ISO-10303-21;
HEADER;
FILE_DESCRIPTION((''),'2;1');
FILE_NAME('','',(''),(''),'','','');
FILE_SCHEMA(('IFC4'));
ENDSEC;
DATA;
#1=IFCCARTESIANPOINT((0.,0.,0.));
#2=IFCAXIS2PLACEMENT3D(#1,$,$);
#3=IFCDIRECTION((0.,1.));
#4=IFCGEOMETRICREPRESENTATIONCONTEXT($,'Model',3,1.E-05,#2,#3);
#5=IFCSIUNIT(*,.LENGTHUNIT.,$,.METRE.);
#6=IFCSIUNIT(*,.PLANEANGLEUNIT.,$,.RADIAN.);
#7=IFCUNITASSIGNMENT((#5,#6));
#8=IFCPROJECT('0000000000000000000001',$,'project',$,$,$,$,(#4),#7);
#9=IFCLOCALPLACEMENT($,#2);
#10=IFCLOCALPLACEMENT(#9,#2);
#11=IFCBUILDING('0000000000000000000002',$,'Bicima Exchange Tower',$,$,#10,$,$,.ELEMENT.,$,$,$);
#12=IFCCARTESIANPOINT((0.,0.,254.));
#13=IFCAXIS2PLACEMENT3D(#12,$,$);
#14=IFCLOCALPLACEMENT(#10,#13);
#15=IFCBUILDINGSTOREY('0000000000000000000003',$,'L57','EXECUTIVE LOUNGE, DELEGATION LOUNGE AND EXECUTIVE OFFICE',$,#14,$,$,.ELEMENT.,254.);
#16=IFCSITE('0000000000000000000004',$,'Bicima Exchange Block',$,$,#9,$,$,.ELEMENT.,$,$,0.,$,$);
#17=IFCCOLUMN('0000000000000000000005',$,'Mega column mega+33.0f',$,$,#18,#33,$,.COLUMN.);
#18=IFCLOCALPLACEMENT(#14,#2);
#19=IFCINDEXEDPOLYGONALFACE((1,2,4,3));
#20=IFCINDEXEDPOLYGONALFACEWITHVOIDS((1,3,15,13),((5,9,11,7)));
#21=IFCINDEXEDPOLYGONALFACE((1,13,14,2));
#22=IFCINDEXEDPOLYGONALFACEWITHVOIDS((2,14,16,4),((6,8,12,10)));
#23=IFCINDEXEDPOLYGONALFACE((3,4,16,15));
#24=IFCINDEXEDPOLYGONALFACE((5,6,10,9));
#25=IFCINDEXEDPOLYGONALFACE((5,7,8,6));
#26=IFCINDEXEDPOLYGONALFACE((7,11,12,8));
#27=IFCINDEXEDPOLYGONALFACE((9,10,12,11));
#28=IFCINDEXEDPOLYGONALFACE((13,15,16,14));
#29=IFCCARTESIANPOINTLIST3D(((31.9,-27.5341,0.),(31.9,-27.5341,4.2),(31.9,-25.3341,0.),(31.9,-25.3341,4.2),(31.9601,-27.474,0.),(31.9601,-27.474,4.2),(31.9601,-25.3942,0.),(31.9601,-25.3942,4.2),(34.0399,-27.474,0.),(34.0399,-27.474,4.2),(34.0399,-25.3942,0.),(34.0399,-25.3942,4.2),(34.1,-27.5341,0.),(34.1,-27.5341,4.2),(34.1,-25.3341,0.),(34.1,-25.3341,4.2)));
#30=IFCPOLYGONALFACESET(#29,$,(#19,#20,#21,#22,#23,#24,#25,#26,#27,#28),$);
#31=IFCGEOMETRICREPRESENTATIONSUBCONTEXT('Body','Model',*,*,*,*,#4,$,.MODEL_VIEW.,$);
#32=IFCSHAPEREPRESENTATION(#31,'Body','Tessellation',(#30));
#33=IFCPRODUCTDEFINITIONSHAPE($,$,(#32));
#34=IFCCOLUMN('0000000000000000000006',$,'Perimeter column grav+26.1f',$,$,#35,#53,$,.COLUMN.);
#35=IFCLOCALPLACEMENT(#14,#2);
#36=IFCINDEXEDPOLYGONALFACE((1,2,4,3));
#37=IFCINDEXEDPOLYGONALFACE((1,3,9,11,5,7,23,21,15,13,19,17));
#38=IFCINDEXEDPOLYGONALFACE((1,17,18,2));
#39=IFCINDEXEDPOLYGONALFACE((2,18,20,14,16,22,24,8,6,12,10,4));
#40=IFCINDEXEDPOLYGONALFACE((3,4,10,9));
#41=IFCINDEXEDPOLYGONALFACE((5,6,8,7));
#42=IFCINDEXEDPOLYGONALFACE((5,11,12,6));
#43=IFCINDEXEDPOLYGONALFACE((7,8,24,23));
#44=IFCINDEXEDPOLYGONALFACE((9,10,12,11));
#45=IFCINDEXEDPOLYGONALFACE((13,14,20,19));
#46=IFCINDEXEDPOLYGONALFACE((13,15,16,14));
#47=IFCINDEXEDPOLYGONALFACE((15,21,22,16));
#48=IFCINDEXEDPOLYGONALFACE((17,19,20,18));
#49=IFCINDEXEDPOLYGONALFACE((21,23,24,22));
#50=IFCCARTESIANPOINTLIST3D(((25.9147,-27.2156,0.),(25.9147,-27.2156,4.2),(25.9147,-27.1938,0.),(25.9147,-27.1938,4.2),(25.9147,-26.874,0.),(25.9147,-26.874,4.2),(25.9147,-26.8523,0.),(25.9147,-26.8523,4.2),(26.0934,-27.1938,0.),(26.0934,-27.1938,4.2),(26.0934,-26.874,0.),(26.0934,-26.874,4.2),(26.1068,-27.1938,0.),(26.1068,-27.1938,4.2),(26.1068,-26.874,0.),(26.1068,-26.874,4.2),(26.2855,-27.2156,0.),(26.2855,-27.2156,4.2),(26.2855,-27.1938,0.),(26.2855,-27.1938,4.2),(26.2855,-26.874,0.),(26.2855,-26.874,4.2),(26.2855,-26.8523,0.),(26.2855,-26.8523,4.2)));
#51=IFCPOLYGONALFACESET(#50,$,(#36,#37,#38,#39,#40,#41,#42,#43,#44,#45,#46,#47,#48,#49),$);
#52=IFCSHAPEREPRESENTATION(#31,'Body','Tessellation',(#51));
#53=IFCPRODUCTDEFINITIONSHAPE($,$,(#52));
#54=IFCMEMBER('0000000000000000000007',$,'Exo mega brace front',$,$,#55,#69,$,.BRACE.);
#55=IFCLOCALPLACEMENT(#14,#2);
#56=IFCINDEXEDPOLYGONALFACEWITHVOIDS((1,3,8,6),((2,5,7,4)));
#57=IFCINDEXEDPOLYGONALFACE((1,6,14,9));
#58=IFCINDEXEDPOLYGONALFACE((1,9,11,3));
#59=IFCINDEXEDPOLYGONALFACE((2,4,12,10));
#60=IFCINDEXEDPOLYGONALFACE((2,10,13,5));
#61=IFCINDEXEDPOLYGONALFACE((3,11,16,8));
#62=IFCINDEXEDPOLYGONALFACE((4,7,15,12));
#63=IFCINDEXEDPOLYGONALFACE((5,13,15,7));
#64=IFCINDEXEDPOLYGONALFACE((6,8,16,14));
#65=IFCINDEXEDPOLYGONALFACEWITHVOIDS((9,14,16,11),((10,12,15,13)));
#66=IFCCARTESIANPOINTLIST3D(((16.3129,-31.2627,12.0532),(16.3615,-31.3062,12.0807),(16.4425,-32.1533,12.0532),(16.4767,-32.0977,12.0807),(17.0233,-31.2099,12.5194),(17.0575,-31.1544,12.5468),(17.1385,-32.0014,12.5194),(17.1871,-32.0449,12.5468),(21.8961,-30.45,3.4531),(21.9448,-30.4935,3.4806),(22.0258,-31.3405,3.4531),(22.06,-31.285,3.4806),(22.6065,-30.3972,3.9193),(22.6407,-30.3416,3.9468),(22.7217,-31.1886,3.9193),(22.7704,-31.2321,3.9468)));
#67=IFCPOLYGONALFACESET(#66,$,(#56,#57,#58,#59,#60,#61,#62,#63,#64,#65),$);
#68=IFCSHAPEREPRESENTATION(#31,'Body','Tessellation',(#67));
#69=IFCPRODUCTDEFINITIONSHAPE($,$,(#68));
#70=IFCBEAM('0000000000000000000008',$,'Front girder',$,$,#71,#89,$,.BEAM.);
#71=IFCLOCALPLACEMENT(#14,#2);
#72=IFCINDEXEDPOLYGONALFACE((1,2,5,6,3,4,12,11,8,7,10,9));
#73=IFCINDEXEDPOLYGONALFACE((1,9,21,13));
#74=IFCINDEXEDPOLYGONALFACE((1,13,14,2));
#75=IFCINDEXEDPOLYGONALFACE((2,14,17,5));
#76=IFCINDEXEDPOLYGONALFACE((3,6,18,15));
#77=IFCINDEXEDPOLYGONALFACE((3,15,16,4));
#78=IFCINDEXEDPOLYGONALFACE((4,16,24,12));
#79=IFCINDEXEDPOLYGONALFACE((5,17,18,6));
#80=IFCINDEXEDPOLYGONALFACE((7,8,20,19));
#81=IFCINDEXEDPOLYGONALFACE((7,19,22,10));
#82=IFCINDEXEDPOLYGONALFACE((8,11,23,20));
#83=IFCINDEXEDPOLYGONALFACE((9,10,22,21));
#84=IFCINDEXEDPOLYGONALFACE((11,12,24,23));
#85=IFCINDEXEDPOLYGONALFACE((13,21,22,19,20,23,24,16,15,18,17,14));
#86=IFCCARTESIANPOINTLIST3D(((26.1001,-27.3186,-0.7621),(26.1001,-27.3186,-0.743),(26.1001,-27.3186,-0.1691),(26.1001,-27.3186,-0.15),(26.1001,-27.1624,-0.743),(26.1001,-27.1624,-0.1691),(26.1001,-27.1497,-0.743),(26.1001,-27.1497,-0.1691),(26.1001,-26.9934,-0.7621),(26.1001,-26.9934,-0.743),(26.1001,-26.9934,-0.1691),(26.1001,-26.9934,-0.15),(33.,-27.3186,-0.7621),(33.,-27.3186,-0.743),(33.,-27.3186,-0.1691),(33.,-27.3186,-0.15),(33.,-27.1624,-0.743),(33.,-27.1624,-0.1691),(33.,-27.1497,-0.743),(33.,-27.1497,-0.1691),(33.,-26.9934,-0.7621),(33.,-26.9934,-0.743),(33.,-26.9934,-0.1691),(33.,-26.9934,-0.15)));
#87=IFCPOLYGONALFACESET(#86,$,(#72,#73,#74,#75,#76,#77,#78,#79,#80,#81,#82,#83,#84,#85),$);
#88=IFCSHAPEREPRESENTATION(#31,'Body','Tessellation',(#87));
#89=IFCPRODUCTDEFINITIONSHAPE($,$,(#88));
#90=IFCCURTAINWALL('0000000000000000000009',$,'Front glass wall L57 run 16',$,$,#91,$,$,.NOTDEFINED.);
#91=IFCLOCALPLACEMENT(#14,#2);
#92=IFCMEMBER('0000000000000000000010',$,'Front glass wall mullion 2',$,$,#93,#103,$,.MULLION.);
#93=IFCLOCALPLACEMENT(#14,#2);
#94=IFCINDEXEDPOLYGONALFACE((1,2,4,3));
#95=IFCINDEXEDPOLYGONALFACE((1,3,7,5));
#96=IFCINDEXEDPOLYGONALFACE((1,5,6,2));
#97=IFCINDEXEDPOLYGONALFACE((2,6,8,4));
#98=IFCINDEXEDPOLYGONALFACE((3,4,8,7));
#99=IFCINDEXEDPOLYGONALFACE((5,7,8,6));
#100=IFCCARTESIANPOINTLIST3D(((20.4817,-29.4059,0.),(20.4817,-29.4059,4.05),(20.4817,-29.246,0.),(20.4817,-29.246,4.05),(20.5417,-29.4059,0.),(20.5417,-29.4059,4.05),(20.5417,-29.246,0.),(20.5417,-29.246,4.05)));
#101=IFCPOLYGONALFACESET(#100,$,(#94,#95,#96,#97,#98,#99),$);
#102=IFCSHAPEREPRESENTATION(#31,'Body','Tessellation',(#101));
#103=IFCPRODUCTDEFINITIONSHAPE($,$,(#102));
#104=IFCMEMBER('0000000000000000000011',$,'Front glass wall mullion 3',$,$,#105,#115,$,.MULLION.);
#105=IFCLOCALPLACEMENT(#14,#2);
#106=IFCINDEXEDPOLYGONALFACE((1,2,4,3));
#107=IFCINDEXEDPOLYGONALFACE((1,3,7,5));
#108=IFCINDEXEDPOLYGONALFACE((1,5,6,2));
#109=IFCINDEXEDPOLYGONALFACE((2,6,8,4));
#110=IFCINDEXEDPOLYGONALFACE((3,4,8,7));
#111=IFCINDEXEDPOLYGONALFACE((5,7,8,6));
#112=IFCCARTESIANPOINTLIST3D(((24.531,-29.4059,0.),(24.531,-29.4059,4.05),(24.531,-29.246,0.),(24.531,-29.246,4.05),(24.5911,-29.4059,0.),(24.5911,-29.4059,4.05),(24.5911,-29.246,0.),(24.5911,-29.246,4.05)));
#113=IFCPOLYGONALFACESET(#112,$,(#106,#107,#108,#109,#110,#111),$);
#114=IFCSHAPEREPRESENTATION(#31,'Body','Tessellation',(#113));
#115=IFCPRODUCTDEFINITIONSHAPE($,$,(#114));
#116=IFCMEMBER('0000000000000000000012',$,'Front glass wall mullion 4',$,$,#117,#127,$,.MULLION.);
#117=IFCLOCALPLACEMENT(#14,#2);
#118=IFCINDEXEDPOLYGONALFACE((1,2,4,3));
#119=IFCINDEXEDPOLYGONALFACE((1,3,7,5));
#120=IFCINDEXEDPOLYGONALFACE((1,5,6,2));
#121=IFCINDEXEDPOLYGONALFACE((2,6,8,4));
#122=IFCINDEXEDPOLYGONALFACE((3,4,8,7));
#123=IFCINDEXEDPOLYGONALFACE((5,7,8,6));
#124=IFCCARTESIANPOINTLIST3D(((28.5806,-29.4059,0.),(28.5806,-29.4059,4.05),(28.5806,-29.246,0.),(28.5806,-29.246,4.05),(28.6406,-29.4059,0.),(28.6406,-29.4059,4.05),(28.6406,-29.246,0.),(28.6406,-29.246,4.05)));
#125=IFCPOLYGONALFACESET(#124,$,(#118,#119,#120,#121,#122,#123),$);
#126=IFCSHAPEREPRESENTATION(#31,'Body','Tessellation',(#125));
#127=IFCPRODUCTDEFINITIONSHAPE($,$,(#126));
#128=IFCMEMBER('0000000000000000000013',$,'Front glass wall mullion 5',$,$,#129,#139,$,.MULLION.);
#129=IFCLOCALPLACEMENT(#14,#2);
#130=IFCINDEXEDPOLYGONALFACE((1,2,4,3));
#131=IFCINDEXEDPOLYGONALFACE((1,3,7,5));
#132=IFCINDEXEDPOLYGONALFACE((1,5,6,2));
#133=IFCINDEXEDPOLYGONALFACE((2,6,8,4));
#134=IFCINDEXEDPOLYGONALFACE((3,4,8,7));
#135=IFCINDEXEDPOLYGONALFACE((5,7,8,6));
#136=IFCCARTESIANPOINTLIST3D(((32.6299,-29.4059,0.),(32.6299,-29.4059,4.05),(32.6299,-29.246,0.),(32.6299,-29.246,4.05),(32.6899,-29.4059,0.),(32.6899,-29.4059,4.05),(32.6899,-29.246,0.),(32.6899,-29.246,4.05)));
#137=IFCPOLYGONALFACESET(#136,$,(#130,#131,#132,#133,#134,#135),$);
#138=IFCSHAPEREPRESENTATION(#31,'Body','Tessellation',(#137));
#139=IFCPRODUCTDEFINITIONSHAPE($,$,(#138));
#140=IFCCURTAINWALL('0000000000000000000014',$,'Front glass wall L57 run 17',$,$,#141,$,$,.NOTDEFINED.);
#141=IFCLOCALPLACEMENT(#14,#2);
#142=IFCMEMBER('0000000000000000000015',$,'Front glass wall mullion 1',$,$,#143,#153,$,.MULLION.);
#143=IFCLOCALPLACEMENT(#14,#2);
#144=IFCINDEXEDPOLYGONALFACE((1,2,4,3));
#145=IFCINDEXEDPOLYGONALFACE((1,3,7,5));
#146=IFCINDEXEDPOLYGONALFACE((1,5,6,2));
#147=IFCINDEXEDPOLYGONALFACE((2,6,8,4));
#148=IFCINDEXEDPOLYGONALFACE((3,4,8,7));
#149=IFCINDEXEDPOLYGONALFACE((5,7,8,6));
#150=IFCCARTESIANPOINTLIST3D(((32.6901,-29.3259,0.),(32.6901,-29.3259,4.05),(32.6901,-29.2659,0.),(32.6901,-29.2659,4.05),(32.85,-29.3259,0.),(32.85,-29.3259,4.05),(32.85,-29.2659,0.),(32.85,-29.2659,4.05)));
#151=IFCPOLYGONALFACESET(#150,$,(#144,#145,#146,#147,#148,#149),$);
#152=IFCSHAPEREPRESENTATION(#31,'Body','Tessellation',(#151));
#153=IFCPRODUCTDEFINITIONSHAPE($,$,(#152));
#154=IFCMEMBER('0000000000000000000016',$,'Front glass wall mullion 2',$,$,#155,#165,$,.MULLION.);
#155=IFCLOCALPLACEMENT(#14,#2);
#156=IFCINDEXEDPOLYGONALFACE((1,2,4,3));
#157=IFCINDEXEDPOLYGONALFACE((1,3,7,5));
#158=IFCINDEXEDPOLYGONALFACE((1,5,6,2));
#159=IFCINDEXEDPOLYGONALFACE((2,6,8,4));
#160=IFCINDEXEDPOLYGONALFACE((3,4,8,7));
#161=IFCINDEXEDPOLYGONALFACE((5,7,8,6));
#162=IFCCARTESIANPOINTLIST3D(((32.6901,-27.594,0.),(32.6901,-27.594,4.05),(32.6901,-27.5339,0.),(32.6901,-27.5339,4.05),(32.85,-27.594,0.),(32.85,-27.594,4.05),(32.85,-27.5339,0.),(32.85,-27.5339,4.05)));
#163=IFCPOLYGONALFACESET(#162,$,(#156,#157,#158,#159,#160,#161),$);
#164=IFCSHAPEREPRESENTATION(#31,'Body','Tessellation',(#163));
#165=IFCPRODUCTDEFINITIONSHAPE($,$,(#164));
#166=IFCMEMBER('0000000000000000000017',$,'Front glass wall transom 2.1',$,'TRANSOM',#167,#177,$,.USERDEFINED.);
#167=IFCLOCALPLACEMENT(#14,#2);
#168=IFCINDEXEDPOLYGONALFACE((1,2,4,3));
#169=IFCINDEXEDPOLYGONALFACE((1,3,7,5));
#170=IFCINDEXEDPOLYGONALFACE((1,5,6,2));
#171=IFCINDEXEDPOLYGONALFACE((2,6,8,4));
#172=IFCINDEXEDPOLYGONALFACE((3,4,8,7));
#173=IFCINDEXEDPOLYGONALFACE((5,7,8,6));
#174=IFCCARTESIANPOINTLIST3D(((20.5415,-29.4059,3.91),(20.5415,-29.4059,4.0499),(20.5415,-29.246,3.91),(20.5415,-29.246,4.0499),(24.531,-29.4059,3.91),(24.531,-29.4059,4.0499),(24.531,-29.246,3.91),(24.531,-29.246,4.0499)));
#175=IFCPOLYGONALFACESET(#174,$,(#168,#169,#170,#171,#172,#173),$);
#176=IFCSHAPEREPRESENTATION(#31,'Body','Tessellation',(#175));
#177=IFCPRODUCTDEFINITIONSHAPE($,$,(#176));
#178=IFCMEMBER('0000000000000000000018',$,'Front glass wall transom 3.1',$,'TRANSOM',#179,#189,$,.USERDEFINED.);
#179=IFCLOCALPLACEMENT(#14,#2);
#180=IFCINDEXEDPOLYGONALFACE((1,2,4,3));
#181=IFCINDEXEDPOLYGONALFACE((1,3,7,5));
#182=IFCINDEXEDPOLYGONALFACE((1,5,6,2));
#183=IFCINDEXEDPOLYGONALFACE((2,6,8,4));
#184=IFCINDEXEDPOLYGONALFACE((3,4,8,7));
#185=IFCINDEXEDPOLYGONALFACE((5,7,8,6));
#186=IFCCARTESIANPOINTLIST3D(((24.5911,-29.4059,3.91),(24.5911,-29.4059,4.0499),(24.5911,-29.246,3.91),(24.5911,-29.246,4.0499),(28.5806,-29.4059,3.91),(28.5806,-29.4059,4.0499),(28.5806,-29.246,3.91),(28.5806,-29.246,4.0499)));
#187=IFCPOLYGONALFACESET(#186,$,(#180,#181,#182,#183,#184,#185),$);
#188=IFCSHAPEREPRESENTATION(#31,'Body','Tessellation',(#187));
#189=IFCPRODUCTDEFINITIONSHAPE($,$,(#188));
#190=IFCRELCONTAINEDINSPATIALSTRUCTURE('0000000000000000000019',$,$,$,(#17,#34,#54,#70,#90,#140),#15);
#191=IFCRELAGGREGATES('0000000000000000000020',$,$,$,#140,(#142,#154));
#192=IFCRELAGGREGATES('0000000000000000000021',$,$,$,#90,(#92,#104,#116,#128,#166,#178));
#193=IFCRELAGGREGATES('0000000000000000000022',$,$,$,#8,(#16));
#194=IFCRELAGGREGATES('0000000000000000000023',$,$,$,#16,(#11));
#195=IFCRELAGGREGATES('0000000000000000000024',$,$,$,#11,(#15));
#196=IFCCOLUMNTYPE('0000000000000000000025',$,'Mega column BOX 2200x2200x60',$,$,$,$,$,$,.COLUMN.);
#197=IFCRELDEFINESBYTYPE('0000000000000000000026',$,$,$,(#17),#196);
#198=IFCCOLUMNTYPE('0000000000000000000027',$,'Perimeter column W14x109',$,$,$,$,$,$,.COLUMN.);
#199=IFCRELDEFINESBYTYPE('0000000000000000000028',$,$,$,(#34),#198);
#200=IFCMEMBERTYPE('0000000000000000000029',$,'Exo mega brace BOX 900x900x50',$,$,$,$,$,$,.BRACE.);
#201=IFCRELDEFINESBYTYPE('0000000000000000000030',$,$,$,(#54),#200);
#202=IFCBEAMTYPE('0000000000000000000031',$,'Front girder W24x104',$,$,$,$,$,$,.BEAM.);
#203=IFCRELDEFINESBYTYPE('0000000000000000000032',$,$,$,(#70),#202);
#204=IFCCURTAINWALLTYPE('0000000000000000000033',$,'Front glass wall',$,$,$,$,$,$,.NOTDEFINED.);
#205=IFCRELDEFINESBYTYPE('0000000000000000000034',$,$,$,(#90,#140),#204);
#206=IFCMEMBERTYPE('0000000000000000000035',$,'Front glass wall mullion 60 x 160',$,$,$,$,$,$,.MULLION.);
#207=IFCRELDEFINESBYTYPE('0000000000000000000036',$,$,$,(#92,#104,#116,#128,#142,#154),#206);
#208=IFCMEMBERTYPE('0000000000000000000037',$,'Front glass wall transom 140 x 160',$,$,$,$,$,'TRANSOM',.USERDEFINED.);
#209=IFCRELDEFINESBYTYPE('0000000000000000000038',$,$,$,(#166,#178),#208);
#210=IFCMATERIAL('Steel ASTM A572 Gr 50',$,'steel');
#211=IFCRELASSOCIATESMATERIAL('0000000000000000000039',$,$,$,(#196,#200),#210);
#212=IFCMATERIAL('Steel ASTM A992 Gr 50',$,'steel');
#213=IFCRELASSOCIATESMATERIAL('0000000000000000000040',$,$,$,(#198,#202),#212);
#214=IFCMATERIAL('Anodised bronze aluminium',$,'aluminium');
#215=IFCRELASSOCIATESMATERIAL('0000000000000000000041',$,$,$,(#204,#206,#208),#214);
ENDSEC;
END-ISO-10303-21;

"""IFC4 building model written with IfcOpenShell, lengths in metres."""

from ifc_helpers import new_model, si_unit, direction, frame, origin, origin_2d, place, context, subcontext, project, spatial, rectangle, hollow_rectangle, i_section, extrude, material, material_profile, profile_set, type_object, element, aggregate, save


model = new_model("IFC4")

# Units and contexts
model_context = context("Model", 3, precision=1e-05, world=origin(), true_north=direction((0.0, 1.0)))
body_context = subcontext(model_context, "Body", "Model", "MODEL_VIEW")
ifc_project = project(units=[si_unit("LENGTHUNIT", "METRE"), si_unit("PLANEANGLEUNIT", "RADIAN")], contexts=[model_context])

# Site, building, storey
site_placement = place(None, origin())
site = spatial("IfcSite", under=ifc_project, at=site_placement, Name="Bicima Exchange Block", CompositionType="ELEMENT", RefElevation=0.0)
building_placement = place(site_placement, origin())
building = spatial("IfcBuilding", under=site, at=building_placement, Name="Bicima Exchange Tower", CompositionType="ELEMENT")
storey_placement = place(building_placement, frame((0.0, 0.0, 254.0)))
storey = spatial("IfcBuildingStorey", under=building, at=storey_placement, Name="L57", Description="EXECUTIVE LOUNGE, DELEGATION LOUNGE AND EXECUTIVE OFFICE", CompositionType="ELEMENT", Elevation=254.0)

# Columns
ifc_material_1 = material(Name="Steel ASTM A572 Gr 50", Category="steel")
ifc_material_profile_1 = material_profile(ifc_material_1, hollow_rectangle(XDim=2.2, YDim=2.2, WallThickness=0.0601, at=origin_2d()))
ifc_profile_set_1 = profile_set([ifc_material_profile_1], Name="Steel ASTM A572 Gr 50")
column_type_1 = type_object("IfcColumnType", Name="Mega column BOX 2200x2200x60", PredefinedType="COLUMN", material=ifc_profile_set_1)
column_1_placement = place(storey_placement, frame((33.0, -26.4341, 0.0), z_axis=(0.0, 0.0, 1.0), x_axis=(1.0, 0.0, 0.0)))
element("IfcColumn", 1, at=column_1_placement, inside=storey, type_object=column_type_1, Name="Mega column mega+33.0f", PredefinedType="COLUMN", context=body_context, shape_type="SweptSolid", body=[
    extrude(hollow_rectangle(XDim=2.2, YDim=2.2, WallThickness=0.0601, at=origin_2d()), origin(), (0.0, 0.0, 1.0), 4.2),
])
ifc_material_2 = material(Name="Steel ASTM A992 Gr 50", Category="steel")
ifc_material_profile_2 = material_profile(ifc_material_2, i_section(OverallWidth=0.3708, OverallDepth=0.3633, WebThickness=0.0134, FlangeThickness=0.0217, at=origin_2d()))
ifc_profile_set_2 = profile_set([ifc_material_profile_2], Name="Steel ASTM A992 Gr 50")
column_type_2 = type_object("IfcColumnType", Name="Perimeter column W14x109", PredefinedType="COLUMN", material=ifc_profile_set_2)
column_2_placement = place(storey_placement, frame((26.1001, -27.0339, 0.0), z_axis=(0.0, 0.0, 1.0), x_axis=(1.0, 0.0, 0.0)))
element("IfcColumn", 2, at=column_2_placement, inside=storey, type_object=column_type_2, Name="Perimeter column grav+26.1f", PredefinedType="COLUMN", context=body_context, shape_type="SweptSolid", body=[
    extrude(i_section(OverallWidth=0.3708, OverallDepth=0.3633, WebThickness=0.0134, FlangeThickness=0.0217, at=origin_2d()), origin(), (0.0, 0.0, 1.0), 4.2),
])

# Member
ifc_material_profile_3 = material_profile(ifc_material_1, hollow_rectangle(XDim=0.8999, YDim=0.8999, WallThickness=0.05, at=origin_2d()))
ifc_profile_set_3 = profile_set([ifc_material_profile_3], Name="Steel ASTM A572 Gr 50")
member_type_1 = type_object("IfcMemberType", Name="Exo mega brace BOX 900x900x50", PredefinedType="BRACE", material=ifc_profile_set_3)
member_1_placement = place(storey_placement, frame((22.3333, -30.8411, 3.7), z_axis=(-0.542819, -0.079017, 0.836124), x_axis=(0.14405, -0.98957, 0.0)))
element("IfcMember", 3, at=member_1_placement, inside=storey, type_object=member_type_1, Name="Exo mega brace front", PredefinedType="BRACE", context=body_context, shape_type="SweptSolid", body=[
    extrude(hollow_rectangle(XDim=0.8999, YDim=0.8999, WallThickness=0.05, at=origin_2d()), origin(), (0.0, 0.0, 1.0), 10.2856),
])

# Beam
ifc_material_profile_4 = material_profile(ifc_material_2, i_section(OverallWidth=0.3252, OverallDepth=0.6121, WebThickness=0.0127, FlangeThickness=0.019, at=origin_2d()))
ifc_profile_set_4 = profile_set([ifc_material_profile_4], Name="Steel ASTM A992 Gr 50")
beam_type = type_object("IfcBeamType", Name="Front girder W24x104", PredefinedType="BEAM", material=ifc_profile_set_4)
beam_placement = place(storey_placement, frame((26.1001, -27.156, -0.4561), z_axis=(1.0, 0.0, 0.0), x_axis=(0.0, 1.0, 0.0)))
element("IfcBeam", 4, at=beam_placement, inside=storey, type_object=beam_type, Name="Front girder", PredefinedType="BEAM", context=body_context, shape_type="SweptSolid", body=[
    extrude(i_section(OverallWidth=0.3252, OverallDepth=0.6121, WebThickness=0.0127, FlangeThickness=0.019, at=origin_2d()), origin(), (0.0, 0.0, 1.0), 6.8999),
])

# Curtain walls, members
ifc_material_3 = material(Name="Anodised bronze aluminium", Category="aluminium")
curtain_wall_type = type_object("IfcCurtainWallType", Name="Front glass wall", PredefinedType="NOTDEFINED", material=ifc_material_3)
curtain_wall_1_placement = place(storey_placement, origin())
curtain_wall_1 = element("IfcCurtainWall", 5, at=curtain_wall_1_placement, inside=storey, type_object=curtain_wall_type, Name="Front glass wall L57 run 16", PredefinedType="NOTDEFINED")
ifc_material_profile_5 = material_profile(ifc_material_3, rectangle(XDim=0.1599, YDim=0.0601, at=origin_2d()))
ifc_profile_set_5 = profile_set([ifc_material_profile_5], Name="Anodised bronze aluminium")
member_type_2 = type_object("IfcMemberType", Name="Front glass wall mullion 60 x 160", PredefinedType="MULLION", material=ifc_profile_set_5)
member_2_placement = place(storey_placement, frame((20.5117, -29.3259, 0.0), z_axis=(0.0, 0.0, 1.0), x_axis=(0.0, 1.0, 0.0)))
member_2 = element("IfcMember", 6, at=member_2_placement, type_object=member_type_2, Name="Front glass wall mullion 2", PredefinedType="MULLION", context=body_context, shape_type="SweptSolid", body=[
    extrude(rectangle(XDim=0.1599, YDim=0.0601, at=origin_2d()), origin(), (0.0, 0.0, 1.0), 4.05),
])
member_3_placement = place(storey_placement, frame((24.561, -29.3259, 0.0), z_axis=(0.0, 0.0, 1.0), x_axis=(0.0, 1.0, 0.0)))
member_3 = element("IfcMember", 7, at=member_3_placement, type_object=member_type_2, Name="Front glass wall mullion 3", PredefinedType="MULLION", context=body_context, shape_type="SweptSolid", body=[
    extrude(rectangle(XDim=0.1599, YDim=0.0601, at=origin_2d()), origin(), (0.0, 0.0, 1.0), 4.05),
])
member_4_placement = place(storey_placement, frame((28.6106, -29.3259, 0.0), z_axis=(0.0, 0.0, 1.0), x_axis=(0.0, 1.0, 0.0)))
member_4 = element("IfcMember", 8, at=member_4_placement, type_object=member_type_2, Name="Front glass wall mullion 4", PredefinedType="MULLION", context=body_context, shape_type="SweptSolid", body=[
    extrude(rectangle(XDim=0.1599, YDim=0.0601, at=origin_2d()), origin(), (0.0, 0.0, 1.0), 4.05),
])
member_5_placement = place(storey_placement, frame((32.6599, -29.3259, 0.0), z_axis=(0.0, 0.0, 1.0), x_axis=(0.0, 1.0, 0.0)))
member_5 = element("IfcMember", 9, at=member_5_placement, type_object=member_type_2, Name="Front glass wall mullion 5", PredefinedType="MULLION", context=body_context, shape_type="SweptSolid", body=[
    extrude(rectangle(XDim=0.1599, YDim=0.0601, at=origin_2d()), origin(), (0.0, 0.0, 1.0), 4.05),
])
curtain_wall_2_placement = place(storey_placement, origin())
curtain_wall_2 = element("IfcCurtainWall", 10, at=curtain_wall_2_placement, inside=storey, type_object=curtain_wall_type, Name="Front glass wall L57 run 17", PredefinedType="NOTDEFINED")
member_6_placement = place(storey_placement, frame((32.77, -29.2959, 0.0), z_axis=(0.0, 0.0, 1.0), x_axis=(-1.0, 0.0, 0.0)))
member_6 = element("IfcMember", 11, at=member_6_placement, type_object=member_type_2, Name="Front glass wall mullion 1", PredefinedType="MULLION", context=body_context, shape_type="SweptSolid", body=[
    extrude(rectangle(XDim=0.1599, YDim=0.0601, at=origin_2d()), origin(), (0.0, 0.0, 1.0), 4.05),
])
member_7_placement = place(storey_placement, frame((32.77, -27.564, 0.0), z_axis=(0.0, 0.0, 1.0), x_axis=(-1.0, 0.0, 0.0)))
member_7 = element("IfcMember", 12, at=member_7_placement, type_object=member_type_2, Name="Front glass wall mullion 2", PredefinedType="MULLION", context=body_context, shape_type="SweptSolid", body=[
    extrude(rectangle(XDim=0.1599, YDim=0.0601, at=origin_2d()), origin(), (0.0, 0.0, 1.0), 4.05),
])

# Members
ifc_material_profile_6 = material_profile(ifc_material_3, rectangle(XDim=0.1599, YDim=0.1399, at=origin_2d()))
ifc_profile_set_6 = profile_set([ifc_material_profile_6], Name="Anodised bronze aluminium")
member_type_3 = type_object("IfcMemberType", Name="Front glass wall transom 140 x 160", ElementType="TRANSOM", PredefinedType="USERDEFINED", material=ifc_profile_set_6)
member_8_placement = place(storey_placement, frame((20.5415, -29.3259, 3.98), z_axis=(1.0, 0.0, 0.0), x_axis=(0.0, 1.0, 0.0)))
member_8 = element("IfcMember", 13, at=member_8_placement, type_object=member_type_3, Name="Front glass wall transom 2.1", ObjectType="TRANSOM", PredefinedType="USERDEFINED", context=body_context, shape_type="SweptSolid", body=[
    extrude(rectangle(XDim=0.1599, YDim=0.1399, at=origin_2d()), origin(), (0.0, 0.0, 1.0), 3.9895),
])
member_9_placement = place(storey_placement, frame((24.5911, -29.3259, 3.98), z_axis=(1.0, 0.0, 0.0), x_axis=(0.0, 1.0, 0.0)))
member_9 = element("IfcMember", 14, at=member_9_placement, type_object=member_type_3, Name="Front glass wall transom 3.1", ObjectType="TRANSOM", PredefinedType="USERDEFINED", context=body_context, shape_type="SweptSolid", body=[
    extrude(rectangle(XDim=0.1599, YDim=0.1399, at=origin_2d()), origin(), (0.0, 0.0, 1.0), 3.9895),
])

aggregate(curtain_wall_2, [member_6, member_7])
aggregate(curtain_wall_1, [member_2, member_3, member_4, member_5, member_8, member_9])

save(model, "model.ifc")
